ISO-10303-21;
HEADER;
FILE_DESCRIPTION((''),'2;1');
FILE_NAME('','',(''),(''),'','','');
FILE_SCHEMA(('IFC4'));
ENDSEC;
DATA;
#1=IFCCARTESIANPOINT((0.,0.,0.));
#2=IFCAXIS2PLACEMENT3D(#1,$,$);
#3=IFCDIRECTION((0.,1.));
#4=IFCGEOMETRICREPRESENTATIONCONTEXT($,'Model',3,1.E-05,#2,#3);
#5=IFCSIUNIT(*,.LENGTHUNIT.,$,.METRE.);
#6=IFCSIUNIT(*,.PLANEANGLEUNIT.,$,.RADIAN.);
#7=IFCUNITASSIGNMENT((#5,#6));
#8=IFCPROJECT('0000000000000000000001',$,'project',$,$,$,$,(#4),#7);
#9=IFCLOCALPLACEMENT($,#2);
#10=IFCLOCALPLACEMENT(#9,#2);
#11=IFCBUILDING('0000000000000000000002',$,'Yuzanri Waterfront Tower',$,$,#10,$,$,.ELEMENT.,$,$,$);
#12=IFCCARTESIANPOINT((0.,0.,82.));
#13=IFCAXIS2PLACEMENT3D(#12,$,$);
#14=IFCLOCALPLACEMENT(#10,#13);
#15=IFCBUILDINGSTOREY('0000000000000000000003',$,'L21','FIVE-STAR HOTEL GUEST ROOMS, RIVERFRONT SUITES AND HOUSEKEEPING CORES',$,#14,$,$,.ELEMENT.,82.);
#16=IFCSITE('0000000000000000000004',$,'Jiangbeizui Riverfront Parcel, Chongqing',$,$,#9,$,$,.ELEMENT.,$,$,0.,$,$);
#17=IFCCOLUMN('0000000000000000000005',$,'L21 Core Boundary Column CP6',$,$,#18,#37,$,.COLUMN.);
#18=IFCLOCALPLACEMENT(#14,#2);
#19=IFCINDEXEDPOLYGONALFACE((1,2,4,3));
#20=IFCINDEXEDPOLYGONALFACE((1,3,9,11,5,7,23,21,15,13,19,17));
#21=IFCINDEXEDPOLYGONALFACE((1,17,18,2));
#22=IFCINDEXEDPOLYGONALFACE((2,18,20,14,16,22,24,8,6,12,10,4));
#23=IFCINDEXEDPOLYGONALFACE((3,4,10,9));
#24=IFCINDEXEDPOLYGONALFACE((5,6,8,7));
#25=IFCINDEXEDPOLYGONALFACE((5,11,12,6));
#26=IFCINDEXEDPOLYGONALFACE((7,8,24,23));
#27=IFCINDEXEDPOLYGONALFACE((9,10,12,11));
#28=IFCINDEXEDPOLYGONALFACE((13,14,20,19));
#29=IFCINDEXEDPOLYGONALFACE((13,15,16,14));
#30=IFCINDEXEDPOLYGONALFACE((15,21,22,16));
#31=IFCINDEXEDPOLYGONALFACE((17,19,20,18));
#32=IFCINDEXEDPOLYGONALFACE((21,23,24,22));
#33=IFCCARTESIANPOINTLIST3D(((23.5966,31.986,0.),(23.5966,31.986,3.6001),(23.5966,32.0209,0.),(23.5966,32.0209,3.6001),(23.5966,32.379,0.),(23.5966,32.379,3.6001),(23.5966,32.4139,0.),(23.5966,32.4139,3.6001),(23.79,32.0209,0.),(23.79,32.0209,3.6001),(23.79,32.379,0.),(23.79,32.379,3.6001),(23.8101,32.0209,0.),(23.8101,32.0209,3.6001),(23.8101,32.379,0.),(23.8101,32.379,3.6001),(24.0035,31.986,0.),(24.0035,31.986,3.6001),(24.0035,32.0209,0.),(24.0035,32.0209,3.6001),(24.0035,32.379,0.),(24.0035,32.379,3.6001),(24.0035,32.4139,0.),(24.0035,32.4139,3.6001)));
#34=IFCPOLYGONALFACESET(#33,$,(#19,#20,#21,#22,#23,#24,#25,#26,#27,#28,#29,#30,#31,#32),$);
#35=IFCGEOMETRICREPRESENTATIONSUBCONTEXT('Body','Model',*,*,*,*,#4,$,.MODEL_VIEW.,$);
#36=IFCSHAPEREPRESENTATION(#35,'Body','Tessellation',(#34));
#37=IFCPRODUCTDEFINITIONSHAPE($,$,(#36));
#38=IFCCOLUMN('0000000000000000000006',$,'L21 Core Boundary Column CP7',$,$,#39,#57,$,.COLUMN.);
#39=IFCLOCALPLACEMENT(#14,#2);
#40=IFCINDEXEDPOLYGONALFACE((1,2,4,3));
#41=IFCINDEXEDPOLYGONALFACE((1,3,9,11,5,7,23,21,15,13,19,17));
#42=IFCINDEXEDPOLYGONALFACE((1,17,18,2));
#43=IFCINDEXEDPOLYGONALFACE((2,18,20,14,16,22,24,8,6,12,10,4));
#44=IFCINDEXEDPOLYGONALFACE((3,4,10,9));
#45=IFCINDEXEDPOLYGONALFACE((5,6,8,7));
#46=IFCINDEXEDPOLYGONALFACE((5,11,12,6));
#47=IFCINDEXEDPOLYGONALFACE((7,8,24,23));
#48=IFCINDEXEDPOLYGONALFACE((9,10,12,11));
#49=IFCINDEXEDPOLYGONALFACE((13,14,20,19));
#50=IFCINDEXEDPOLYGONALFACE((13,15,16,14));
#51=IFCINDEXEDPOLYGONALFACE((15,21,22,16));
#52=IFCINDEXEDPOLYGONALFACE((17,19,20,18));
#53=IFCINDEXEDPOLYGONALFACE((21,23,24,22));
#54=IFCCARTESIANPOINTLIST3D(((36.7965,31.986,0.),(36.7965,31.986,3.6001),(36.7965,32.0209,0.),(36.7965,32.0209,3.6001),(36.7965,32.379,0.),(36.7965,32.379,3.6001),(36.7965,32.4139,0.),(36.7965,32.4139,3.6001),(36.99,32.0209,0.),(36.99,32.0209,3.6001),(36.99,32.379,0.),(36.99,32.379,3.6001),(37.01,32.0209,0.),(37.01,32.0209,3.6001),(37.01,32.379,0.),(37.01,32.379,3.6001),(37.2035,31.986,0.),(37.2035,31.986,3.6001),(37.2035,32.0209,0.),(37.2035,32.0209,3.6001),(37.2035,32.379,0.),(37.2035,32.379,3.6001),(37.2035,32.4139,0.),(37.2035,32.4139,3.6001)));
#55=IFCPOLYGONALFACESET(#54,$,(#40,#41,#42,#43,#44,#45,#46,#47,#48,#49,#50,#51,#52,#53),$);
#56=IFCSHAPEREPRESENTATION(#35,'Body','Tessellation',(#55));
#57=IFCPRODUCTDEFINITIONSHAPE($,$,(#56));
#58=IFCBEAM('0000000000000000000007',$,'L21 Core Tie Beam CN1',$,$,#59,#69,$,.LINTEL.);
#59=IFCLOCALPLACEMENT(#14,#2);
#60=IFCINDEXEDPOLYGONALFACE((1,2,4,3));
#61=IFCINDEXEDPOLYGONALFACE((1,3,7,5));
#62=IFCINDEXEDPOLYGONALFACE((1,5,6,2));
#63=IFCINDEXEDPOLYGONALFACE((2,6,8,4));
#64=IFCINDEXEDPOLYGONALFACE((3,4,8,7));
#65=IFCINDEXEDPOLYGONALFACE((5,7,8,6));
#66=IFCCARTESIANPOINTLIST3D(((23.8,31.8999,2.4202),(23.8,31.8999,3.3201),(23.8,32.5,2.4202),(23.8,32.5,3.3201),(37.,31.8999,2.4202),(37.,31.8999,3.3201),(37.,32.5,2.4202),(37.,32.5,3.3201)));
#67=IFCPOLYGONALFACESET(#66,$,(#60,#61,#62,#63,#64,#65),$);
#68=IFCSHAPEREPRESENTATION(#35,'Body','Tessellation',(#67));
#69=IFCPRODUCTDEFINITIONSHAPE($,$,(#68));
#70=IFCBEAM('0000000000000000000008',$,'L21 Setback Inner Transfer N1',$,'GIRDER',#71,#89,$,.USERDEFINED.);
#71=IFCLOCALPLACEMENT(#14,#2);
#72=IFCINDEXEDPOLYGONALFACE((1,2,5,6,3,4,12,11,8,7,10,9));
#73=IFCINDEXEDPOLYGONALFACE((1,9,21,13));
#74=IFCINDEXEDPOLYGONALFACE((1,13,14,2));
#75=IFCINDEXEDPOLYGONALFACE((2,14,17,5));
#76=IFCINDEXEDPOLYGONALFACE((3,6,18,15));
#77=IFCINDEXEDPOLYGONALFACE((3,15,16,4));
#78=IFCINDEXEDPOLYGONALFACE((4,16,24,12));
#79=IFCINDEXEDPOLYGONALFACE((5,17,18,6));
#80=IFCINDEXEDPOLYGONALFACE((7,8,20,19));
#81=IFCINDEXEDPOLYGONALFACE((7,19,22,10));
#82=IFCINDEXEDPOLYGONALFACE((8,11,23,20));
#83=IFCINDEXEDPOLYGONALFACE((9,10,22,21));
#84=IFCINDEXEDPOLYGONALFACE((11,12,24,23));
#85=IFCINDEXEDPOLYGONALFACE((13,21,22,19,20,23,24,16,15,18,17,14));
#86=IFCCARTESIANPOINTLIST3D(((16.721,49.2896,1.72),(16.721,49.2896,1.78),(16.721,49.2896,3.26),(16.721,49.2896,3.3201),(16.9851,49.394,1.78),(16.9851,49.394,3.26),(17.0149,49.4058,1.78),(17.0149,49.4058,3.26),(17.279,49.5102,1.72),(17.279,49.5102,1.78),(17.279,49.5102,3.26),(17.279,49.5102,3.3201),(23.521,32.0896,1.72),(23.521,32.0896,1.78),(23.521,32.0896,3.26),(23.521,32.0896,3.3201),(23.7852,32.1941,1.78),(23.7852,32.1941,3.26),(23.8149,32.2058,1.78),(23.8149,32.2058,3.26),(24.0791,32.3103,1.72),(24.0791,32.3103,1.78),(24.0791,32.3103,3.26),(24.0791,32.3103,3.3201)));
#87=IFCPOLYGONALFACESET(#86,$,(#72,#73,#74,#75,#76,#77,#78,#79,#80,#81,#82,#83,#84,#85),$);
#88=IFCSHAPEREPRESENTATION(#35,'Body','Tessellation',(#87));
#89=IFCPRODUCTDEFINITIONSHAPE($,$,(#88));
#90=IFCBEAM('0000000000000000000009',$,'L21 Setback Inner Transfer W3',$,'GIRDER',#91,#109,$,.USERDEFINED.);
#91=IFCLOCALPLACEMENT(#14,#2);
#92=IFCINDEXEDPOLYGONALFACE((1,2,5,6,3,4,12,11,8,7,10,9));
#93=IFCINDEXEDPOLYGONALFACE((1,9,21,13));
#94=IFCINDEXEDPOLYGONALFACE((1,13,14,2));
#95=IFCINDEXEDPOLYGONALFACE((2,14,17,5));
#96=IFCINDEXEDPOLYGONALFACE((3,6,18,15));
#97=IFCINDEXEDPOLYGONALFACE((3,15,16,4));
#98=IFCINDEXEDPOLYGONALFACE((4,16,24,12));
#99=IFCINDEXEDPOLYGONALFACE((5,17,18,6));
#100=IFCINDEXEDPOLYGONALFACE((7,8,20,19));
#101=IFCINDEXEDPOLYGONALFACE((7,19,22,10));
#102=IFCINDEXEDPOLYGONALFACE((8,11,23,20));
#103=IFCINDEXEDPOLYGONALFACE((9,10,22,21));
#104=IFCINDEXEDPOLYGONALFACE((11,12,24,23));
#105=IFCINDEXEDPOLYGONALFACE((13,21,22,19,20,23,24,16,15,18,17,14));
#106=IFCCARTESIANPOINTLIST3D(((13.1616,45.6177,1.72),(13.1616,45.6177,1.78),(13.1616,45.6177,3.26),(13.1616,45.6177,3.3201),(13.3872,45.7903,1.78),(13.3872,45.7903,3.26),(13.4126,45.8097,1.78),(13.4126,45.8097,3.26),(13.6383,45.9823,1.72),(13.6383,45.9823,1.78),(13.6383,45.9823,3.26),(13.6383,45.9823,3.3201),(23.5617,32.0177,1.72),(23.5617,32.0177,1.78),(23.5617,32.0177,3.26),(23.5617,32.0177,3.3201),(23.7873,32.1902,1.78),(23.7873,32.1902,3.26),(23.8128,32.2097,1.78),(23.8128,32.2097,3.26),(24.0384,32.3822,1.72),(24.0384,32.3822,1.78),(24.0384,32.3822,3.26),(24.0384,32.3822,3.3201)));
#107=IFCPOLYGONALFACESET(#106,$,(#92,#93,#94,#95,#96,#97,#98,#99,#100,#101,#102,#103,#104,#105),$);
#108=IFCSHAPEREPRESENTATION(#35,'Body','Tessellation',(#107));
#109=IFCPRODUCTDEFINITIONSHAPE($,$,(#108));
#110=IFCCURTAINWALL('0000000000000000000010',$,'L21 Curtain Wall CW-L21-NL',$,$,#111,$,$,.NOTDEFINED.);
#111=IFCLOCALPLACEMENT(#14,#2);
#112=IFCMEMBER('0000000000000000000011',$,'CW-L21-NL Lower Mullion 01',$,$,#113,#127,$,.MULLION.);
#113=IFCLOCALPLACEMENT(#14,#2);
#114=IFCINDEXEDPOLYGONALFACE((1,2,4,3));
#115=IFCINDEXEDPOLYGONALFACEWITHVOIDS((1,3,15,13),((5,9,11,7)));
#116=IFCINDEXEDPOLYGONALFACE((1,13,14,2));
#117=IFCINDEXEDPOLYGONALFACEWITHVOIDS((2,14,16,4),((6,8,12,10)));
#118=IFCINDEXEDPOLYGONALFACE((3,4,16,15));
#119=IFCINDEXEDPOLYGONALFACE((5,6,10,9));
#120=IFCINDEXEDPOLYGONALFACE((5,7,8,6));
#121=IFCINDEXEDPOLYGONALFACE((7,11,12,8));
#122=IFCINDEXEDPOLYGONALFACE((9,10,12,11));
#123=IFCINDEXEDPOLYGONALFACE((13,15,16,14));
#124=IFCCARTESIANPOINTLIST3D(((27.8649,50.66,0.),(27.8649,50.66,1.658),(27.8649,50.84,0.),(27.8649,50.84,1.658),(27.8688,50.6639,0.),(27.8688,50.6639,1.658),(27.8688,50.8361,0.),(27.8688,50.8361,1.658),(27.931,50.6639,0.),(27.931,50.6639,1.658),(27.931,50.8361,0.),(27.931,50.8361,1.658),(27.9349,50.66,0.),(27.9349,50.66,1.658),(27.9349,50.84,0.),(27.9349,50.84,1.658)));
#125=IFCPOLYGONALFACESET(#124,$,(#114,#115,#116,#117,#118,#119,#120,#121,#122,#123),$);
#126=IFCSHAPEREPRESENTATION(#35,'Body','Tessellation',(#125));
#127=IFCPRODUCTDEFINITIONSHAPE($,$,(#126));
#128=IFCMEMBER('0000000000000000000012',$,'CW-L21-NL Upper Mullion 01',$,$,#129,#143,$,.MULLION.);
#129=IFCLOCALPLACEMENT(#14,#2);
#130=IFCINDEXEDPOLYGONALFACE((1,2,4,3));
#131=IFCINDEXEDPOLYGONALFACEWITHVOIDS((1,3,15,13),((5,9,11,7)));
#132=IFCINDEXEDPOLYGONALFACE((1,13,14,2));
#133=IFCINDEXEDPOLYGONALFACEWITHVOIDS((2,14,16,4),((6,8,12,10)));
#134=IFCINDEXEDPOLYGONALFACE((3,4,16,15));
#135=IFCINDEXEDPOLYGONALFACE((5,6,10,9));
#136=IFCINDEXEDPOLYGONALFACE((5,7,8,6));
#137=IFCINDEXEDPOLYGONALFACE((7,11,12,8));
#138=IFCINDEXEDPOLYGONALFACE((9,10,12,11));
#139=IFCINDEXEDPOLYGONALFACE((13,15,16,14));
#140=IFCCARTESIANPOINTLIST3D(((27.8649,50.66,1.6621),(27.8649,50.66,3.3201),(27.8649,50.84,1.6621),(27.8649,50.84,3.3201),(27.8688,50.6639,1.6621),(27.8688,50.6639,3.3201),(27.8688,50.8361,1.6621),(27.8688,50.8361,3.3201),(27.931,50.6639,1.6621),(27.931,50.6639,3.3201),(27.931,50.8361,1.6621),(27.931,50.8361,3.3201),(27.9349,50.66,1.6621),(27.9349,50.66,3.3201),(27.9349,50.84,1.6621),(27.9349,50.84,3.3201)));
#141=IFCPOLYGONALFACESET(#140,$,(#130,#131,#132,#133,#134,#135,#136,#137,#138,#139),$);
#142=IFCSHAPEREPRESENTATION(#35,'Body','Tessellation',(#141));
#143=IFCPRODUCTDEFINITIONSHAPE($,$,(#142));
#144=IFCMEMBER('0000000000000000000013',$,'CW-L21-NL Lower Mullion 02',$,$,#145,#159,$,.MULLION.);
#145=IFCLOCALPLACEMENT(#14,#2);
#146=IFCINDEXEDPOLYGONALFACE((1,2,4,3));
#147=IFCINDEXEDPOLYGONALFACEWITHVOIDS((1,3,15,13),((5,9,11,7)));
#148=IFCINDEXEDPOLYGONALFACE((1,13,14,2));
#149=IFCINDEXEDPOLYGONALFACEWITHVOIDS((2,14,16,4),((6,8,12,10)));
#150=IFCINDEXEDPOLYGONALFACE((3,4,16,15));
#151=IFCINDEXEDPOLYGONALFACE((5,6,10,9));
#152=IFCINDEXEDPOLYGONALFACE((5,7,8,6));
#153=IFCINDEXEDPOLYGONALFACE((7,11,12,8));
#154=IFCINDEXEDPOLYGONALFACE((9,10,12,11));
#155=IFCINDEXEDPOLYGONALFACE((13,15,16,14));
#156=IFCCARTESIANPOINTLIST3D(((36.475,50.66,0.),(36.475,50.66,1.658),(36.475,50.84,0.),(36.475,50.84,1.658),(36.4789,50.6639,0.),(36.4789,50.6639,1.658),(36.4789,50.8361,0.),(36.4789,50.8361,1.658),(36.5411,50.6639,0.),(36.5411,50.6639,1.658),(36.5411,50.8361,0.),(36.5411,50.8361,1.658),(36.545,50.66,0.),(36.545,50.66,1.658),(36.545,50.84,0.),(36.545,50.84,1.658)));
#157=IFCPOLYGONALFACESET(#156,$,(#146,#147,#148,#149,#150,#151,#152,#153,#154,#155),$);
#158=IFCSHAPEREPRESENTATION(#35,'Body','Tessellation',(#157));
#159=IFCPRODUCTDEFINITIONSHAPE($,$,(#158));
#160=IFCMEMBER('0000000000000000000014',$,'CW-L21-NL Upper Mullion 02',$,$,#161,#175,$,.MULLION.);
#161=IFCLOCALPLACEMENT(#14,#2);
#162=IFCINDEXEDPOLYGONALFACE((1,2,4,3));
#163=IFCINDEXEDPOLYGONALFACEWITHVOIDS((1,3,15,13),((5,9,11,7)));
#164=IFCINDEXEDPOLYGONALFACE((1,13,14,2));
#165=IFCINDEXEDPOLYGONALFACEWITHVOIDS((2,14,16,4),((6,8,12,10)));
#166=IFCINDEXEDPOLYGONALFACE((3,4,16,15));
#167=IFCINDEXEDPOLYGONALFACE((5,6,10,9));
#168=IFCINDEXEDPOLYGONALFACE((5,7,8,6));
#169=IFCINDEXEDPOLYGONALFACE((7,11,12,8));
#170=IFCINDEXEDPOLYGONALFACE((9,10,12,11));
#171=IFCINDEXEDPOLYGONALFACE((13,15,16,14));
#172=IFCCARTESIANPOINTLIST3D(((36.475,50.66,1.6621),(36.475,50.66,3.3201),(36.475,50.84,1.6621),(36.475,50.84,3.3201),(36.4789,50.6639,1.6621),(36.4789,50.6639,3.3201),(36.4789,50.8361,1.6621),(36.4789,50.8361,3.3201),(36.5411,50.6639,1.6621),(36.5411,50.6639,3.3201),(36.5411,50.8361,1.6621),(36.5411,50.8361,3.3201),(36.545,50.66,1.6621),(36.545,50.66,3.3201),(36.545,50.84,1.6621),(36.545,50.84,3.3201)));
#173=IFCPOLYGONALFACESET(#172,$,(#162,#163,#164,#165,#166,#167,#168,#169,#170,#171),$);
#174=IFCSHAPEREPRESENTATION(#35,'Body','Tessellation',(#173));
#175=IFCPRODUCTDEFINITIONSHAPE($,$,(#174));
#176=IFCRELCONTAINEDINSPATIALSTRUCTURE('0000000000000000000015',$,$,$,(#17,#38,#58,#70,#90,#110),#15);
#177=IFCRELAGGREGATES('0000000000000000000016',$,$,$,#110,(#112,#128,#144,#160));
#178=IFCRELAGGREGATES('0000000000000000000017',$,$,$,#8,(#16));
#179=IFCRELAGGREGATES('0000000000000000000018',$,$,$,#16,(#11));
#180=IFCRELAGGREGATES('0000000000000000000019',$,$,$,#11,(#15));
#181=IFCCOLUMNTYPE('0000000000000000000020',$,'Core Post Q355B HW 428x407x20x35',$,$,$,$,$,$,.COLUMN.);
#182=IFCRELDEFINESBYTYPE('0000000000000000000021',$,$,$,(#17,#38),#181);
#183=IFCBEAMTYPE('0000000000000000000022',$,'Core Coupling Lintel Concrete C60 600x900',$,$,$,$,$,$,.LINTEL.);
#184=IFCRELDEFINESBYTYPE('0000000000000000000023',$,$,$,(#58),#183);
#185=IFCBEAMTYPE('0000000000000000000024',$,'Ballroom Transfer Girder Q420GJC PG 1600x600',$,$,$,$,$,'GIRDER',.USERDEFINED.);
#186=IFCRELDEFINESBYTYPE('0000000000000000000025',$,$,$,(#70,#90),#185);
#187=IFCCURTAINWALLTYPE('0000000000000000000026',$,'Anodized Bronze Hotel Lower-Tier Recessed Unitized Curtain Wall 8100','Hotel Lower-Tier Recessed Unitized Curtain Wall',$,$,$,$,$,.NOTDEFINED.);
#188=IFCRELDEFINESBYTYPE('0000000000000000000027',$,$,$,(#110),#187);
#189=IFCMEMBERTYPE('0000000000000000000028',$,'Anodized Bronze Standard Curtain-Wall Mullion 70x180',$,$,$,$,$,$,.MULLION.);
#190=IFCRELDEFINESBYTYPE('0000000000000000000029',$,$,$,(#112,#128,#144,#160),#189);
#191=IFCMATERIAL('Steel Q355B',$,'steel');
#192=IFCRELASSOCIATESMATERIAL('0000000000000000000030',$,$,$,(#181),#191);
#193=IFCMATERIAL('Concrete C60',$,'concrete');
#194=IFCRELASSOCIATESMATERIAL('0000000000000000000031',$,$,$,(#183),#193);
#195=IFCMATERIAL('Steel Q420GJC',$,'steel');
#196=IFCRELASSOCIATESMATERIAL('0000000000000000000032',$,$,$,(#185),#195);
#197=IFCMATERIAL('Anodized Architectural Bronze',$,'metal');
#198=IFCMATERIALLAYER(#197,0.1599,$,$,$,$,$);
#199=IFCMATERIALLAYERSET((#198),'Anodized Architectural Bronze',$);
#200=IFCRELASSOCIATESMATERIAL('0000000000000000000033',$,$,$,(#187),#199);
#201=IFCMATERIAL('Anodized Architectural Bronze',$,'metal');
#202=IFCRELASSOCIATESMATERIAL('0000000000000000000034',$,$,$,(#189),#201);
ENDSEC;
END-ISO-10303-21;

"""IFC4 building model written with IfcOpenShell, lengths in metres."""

from ifc_helpers import new_model, si_unit, direction, frame, origin, origin_2d, place, context, subcontext, project, spatial, rectangle, hollow_rectangle, i_section, extrude, source, transform, mapped, material, layer, layer_set, material_profile, profile_set, type_object, element, aggregate, save


model = new_model("IFC4")

# Units and contexts
model_context = context("Model", 3, precision=1e-05, world=origin(), true_north=direction((0.0, 1.0)))
body_context = subcontext(model_context, "Body", "Model", "MODEL_VIEW")
ifc_project = project(units=[si_unit("LENGTHUNIT", "METRE"), si_unit("PLANEANGLEUNIT", "RADIAN")], contexts=[model_context])

# Site, building, storey
site_placement = place(None, origin())
site = spatial("IfcSite", under=ifc_project, at=site_placement, Name="Jiangbeizui Riverfront Parcel, Chongqing", CompositionType="ELEMENT", RefElevation=0.0)
building_placement = place(site_placement, origin())
building = spatial("IfcBuilding", under=site, at=building_placement, Name="Yuzanri Waterfront Tower", CompositionType="ELEMENT")
storey_placement = place(building_placement, frame((0.0, 0.0, 82.0)))
storey = spatial("IfcBuildingStorey", under=building, at=storey_placement, Name="L21", Description="FIVE-STAR HOTEL GUEST ROOMS, RIVERFRONT SUITES AND HOUSEKEEPING CORES", CompositionType="ELEMENT", Elevation=82.0)

# Columns
ifc_material_1 = material(Name="Steel Q355B", Category="steel")
ifc_material_profile_1 = material_profile(ifc_material_1, i_section(OverallWidth=0.407, OverallDepth=0.428, WebThickness=0.02, FlangeThickness=0.0349, at=origin_2d()), Name="HW 428x407x20x35")
ifc_profile_set_1 = profile_set([ifc_material_profile_1], Name="Steel Q355B")
column_type = type_object("IfcColumnType", Name="Core Post Q355B HW 428x407x20x35", PredefinedType="COLUMN", material=ifc_profile_set_1)
shared_shape_1 = source(origin(), body_context, "Body", "SweptSolid", [
    extrude(i_section(OverallWidth=0.407, OverallDepth=0.428, WebThickness=0.02, FlangeThickness=0.0349, at=origin_2d()), origin(), (0.0, 0.0, 1.0), 3.6001),
])
for number, where, z_axis, x_axis, name in (
    (1, (23.8, 32.2, 0.0), (0.0, 0.0, 1.0), (1.0, 0.0, 0.0), "L21 Core Boundary Column CP6"),
    (2, (37.0, 32.2, 0.0), (0.0, 0.0, 1.0), (1.0, 0.0, 0.0), "L21 Core Boundary Column CP7"),
):
    element("IfcColumn", number, at=place(storey_placement, frame(where, z_axis=z_axis, x_axis=x_axis)), inside=storey, type_object=column_type, Name=name, PredefinedType="COLUMN", context=body_context, shape_type="MappedRepresentation", body=[
        mapped(shared_shape_1, transform((0.0, 0.0, 0.0), scale=1.0)),
    ])

# Beams
ifc_material_2 = material(Name="Concrete C60", Category="concrete")
ifc_material_profile_2 = material_profile(ifc_material_2, rectangle(XDim=0.6001, YDim=0.8999, at=origin_2d()), Name="RC 600x900")
ifc_profile_set_2 = profile_set([ifc_material_profile_2], Name="Concrete C60")
beam_type_1 = type_object("IfcBeamType", Name="Core Coupling Lintel Concrete C60 600x900", PredefinedType="LINTEL", material=ifc_profile_set_2)
shared_shape_2 = source(origin(), body_context, "Body", "SweptSolid", [
    extrude(rectangle(XDim=0.6001, YDim=0.8999, at=origin_2d()), origin(), (0.0, 0.0, 1.0), 13.2),
])
beam_1_placement = place(storey_placement, frame((23.8, 32.2, 2.8701), z_axis=(1.0, 0.0, 0.0), x_axis=(0.0, 1.0, 0.0)))
element("IfcBeam", 3, at=beam_1_placement, inside=storey, type_object=beam_type_1, Name="L21 Core Tie Beam CN1", PredefinedType="LINTEL", context=body_context, shape_type="MappedRepresentation", body=[
    mapped(shared_shape_2, transform((0.0, 0.0, 0.0), scale=1.0)),
])
ifc_material_3 = material(Name="Steel Q420GJC", Category="steel")
ifc_material_profile_3 = material_profile(ifc_material_3, i_section(OverallWidth=0.6001, OverallDepth=1.6001, WebThickness=0.032, FlangeThickness=0.0601, at=origin_2d()), Name="PG 1600x600x32x60")
ifc_profile_set_3 = profile_set([ifc_material_profile_3], Name="Steel Q420GJC")
beam_type_2 = type_object("IfcBeamType", Name="Ballroom Transfer Girder Q420GJC PG 1600x600", ElementType="GIRDER", PredefinedType="USERDEFINED", material=ifc_profile_set_3)
shared_shape_3 = source(origin(), body_context, "Body", "SweptSolid", [
    extrude(i_section(OverallWidth=0.6001, OverallDepth=1.6001, WebThickness=0.032, FlangeThickness=0.0601, at=origin_2d()), origin(), (0.0, 0.0, 1.0), 18.4954),
])
beam_2_placement = place(storey_placement, frame((23.8, 32.2, 2.52), z_axis=(-0.367662, 0.929959, 0.0), x_axis=(-0.929959, -0.367662, 0.0)))
element("IfcBeam", 4, at=beam_2_placement, inside=storey, type_object=beam_type_2, Name="L21 Setback Inner Transfer N1", ObjectType="GIRDER", PredefinedType="USERDEFINED", context=body_context, shape_type="MappedRepresentation", body=[
    mapped(shared_shape_3, transform((0.0, 0.0, 0.0), scale=1.0)),
])
shared_shape_4 = source(origin(), body_context, "Body", "SweptSolid", [
    extrude(i_section(OverallWidth=0.6001, OverallDepth=1.6001, WebThickness=0.032, FlangeThickness=0.0601, at=origin_2d()), origin(), (0.0, 0.0, 1.0), 17.1208),
])
beam_3_placement = place(storey_placement, frame((23.8, 32.2, 2.52), z_axis=(-0.607453, 0.794356, 0.0), x_axis=(-0.794356, -0.607453, 0.0)))
element("IfcBeam", 5, at=beam_3_placement, inside=storey, type_object=beam_type_2, Name="L21 Setback Inner Transfer W3", ObjectType="GIRDER", PredefinedType="USERDEFINED", context=body_context, shape_type="MappedRepresentation", body=[
    mapped(shared_shape_4, transform((0.0, 0.0, 0.0), scale=1.0)),
])

# Curtain wall, members
ifc_material_4 = material(Name="Anodized Architectural Bronze", Category="metal")
ifc_layer_1 = layer(ifc_material_4, 0.1599)
ifc_layer_set_1 = layer_set([ifc_layer_1], Name="Anodized Architectural Bronze")
curtain_wall_type = type_object("IfcCurtainWallType", Name="Anodized Bronze Hotel Lower-Tier Recessed Unitized Curtain Wall 8100", Description="Hotel Lower-Tier Recessed Unitized Curtain Wall", PredefinedType="NOTDEFINED", material=ifc_layer_set_1)
curtain_wall_placement = place(storey_placement, origin())
curtain_wall = element("IfcCurtainWall", 6, at=curtain_wall_placement, inside=storey, type_object=curtain_wall_type, Name="L21 Curtain Wall CW-L21-NL", PredefinedType="NOTDEFINED")
ifc_material_5 = material(Name="Anodized Architectural Bronze", Category="metal")
ifc_material_profile_4 = material_profile(ifc_material_5, hollow_rectangle(XDim=0.0701, YDim=0.1799, WallThickness=0.0039, at=origin_2d()), Name="CWM 70x180")
ifc_profile_set_4 = profile_set([ifc_material_profile_4], Name="Anodized Architectural Bronze")
member_type = type_object("IfcMemberType", Name="Anodized Bronze Standard Curtain-Wall Mullion 70x180", PredefinedType="MULLION", material=ifc_profile_set_4)
shared_shape_5 = source(origin(), body_context, "Body", "SweptSolid", [
    extrude(hollow_rectangle(XDim=0.0701, YDim=0.1799, WallThickness=0.0039, at=origin_2d()), origin(), (0.0, 0.0, 1.0), 1.658),
])
member_1_placement = place(storey_placement, frame((27.8999, 50.75, 0.0), z_axis=(0.0, 0.0, 1.0), x_axis=(1.0, 0.0, 0.0)))
member_1 = element("IfcMember", 7, at=member_1_placement, type_object=member_type, Name="CW-L21-NL Lower Mullion 01", PredefinedType="MULLION", context=body_context, shape_type="MappedRepresentation", body=[
    mapped(shared_shape_5, transform((0.0, 0.0, 0.0), scale=1.0)),
])
member_2_placement = place(storey_placement, frame((27.8999, 50.75, 1.6621), z_axis=(0.0, 0.0, 1.0), x_axis=(1.0, 0.0, 0.0)))
member_2 = element("IfcMember", 8, at=member_2_placement, type_object=member_type, Name="CW-L21-NL Upper Mullion 01", PredefinedType="MULLION", context=body_context, shape_type="MappedRepresentation", body=[
    mapped(shared_shape_5, transform((0.0, 0.0, 0.0), scale=1.0)),
])
member_3_placement = place(storey_placement, frame((36.51, 50.75, 0.0), z_axis=(0.0, 0.0, 1.0), x_axis=(1.0, 0.0, 0.0)))
member_3 = element("IfcMember", 9, at=member_3_placement, type_object=member_type, Name="CW-L21-NL Lower Mullion 02", PredefinedType="MULLION", context=body_context, shape_type="MappedRepresentation", body=[
    mapped(shared_shape_5, transform((0.0, 0.0, 0.0), scale=1.0)),
])
member_4_placement = place(storey_placement, frame((36.51, 50.75, 1.6621), z_axis=(0.0, 0.0, 1.0), x_axis=(1.0, 0.0, 0.0)))
member_4 = element("IfcMember", 10, at=member_4_placement, type_object=member_type, Name="CW-L21-NL Upper Mullion 02", PredefinedType="MULLION", context=body_context, shape_type="MappedRepresentation", body=[
    mapped(shared_shape_5, transform((0.0, 0.0, 0.0), scale=1.0)),
])
aggregate(curtain_wall, [member_1, member_2, member_3, member_4])

save(model, "model.ifc")
